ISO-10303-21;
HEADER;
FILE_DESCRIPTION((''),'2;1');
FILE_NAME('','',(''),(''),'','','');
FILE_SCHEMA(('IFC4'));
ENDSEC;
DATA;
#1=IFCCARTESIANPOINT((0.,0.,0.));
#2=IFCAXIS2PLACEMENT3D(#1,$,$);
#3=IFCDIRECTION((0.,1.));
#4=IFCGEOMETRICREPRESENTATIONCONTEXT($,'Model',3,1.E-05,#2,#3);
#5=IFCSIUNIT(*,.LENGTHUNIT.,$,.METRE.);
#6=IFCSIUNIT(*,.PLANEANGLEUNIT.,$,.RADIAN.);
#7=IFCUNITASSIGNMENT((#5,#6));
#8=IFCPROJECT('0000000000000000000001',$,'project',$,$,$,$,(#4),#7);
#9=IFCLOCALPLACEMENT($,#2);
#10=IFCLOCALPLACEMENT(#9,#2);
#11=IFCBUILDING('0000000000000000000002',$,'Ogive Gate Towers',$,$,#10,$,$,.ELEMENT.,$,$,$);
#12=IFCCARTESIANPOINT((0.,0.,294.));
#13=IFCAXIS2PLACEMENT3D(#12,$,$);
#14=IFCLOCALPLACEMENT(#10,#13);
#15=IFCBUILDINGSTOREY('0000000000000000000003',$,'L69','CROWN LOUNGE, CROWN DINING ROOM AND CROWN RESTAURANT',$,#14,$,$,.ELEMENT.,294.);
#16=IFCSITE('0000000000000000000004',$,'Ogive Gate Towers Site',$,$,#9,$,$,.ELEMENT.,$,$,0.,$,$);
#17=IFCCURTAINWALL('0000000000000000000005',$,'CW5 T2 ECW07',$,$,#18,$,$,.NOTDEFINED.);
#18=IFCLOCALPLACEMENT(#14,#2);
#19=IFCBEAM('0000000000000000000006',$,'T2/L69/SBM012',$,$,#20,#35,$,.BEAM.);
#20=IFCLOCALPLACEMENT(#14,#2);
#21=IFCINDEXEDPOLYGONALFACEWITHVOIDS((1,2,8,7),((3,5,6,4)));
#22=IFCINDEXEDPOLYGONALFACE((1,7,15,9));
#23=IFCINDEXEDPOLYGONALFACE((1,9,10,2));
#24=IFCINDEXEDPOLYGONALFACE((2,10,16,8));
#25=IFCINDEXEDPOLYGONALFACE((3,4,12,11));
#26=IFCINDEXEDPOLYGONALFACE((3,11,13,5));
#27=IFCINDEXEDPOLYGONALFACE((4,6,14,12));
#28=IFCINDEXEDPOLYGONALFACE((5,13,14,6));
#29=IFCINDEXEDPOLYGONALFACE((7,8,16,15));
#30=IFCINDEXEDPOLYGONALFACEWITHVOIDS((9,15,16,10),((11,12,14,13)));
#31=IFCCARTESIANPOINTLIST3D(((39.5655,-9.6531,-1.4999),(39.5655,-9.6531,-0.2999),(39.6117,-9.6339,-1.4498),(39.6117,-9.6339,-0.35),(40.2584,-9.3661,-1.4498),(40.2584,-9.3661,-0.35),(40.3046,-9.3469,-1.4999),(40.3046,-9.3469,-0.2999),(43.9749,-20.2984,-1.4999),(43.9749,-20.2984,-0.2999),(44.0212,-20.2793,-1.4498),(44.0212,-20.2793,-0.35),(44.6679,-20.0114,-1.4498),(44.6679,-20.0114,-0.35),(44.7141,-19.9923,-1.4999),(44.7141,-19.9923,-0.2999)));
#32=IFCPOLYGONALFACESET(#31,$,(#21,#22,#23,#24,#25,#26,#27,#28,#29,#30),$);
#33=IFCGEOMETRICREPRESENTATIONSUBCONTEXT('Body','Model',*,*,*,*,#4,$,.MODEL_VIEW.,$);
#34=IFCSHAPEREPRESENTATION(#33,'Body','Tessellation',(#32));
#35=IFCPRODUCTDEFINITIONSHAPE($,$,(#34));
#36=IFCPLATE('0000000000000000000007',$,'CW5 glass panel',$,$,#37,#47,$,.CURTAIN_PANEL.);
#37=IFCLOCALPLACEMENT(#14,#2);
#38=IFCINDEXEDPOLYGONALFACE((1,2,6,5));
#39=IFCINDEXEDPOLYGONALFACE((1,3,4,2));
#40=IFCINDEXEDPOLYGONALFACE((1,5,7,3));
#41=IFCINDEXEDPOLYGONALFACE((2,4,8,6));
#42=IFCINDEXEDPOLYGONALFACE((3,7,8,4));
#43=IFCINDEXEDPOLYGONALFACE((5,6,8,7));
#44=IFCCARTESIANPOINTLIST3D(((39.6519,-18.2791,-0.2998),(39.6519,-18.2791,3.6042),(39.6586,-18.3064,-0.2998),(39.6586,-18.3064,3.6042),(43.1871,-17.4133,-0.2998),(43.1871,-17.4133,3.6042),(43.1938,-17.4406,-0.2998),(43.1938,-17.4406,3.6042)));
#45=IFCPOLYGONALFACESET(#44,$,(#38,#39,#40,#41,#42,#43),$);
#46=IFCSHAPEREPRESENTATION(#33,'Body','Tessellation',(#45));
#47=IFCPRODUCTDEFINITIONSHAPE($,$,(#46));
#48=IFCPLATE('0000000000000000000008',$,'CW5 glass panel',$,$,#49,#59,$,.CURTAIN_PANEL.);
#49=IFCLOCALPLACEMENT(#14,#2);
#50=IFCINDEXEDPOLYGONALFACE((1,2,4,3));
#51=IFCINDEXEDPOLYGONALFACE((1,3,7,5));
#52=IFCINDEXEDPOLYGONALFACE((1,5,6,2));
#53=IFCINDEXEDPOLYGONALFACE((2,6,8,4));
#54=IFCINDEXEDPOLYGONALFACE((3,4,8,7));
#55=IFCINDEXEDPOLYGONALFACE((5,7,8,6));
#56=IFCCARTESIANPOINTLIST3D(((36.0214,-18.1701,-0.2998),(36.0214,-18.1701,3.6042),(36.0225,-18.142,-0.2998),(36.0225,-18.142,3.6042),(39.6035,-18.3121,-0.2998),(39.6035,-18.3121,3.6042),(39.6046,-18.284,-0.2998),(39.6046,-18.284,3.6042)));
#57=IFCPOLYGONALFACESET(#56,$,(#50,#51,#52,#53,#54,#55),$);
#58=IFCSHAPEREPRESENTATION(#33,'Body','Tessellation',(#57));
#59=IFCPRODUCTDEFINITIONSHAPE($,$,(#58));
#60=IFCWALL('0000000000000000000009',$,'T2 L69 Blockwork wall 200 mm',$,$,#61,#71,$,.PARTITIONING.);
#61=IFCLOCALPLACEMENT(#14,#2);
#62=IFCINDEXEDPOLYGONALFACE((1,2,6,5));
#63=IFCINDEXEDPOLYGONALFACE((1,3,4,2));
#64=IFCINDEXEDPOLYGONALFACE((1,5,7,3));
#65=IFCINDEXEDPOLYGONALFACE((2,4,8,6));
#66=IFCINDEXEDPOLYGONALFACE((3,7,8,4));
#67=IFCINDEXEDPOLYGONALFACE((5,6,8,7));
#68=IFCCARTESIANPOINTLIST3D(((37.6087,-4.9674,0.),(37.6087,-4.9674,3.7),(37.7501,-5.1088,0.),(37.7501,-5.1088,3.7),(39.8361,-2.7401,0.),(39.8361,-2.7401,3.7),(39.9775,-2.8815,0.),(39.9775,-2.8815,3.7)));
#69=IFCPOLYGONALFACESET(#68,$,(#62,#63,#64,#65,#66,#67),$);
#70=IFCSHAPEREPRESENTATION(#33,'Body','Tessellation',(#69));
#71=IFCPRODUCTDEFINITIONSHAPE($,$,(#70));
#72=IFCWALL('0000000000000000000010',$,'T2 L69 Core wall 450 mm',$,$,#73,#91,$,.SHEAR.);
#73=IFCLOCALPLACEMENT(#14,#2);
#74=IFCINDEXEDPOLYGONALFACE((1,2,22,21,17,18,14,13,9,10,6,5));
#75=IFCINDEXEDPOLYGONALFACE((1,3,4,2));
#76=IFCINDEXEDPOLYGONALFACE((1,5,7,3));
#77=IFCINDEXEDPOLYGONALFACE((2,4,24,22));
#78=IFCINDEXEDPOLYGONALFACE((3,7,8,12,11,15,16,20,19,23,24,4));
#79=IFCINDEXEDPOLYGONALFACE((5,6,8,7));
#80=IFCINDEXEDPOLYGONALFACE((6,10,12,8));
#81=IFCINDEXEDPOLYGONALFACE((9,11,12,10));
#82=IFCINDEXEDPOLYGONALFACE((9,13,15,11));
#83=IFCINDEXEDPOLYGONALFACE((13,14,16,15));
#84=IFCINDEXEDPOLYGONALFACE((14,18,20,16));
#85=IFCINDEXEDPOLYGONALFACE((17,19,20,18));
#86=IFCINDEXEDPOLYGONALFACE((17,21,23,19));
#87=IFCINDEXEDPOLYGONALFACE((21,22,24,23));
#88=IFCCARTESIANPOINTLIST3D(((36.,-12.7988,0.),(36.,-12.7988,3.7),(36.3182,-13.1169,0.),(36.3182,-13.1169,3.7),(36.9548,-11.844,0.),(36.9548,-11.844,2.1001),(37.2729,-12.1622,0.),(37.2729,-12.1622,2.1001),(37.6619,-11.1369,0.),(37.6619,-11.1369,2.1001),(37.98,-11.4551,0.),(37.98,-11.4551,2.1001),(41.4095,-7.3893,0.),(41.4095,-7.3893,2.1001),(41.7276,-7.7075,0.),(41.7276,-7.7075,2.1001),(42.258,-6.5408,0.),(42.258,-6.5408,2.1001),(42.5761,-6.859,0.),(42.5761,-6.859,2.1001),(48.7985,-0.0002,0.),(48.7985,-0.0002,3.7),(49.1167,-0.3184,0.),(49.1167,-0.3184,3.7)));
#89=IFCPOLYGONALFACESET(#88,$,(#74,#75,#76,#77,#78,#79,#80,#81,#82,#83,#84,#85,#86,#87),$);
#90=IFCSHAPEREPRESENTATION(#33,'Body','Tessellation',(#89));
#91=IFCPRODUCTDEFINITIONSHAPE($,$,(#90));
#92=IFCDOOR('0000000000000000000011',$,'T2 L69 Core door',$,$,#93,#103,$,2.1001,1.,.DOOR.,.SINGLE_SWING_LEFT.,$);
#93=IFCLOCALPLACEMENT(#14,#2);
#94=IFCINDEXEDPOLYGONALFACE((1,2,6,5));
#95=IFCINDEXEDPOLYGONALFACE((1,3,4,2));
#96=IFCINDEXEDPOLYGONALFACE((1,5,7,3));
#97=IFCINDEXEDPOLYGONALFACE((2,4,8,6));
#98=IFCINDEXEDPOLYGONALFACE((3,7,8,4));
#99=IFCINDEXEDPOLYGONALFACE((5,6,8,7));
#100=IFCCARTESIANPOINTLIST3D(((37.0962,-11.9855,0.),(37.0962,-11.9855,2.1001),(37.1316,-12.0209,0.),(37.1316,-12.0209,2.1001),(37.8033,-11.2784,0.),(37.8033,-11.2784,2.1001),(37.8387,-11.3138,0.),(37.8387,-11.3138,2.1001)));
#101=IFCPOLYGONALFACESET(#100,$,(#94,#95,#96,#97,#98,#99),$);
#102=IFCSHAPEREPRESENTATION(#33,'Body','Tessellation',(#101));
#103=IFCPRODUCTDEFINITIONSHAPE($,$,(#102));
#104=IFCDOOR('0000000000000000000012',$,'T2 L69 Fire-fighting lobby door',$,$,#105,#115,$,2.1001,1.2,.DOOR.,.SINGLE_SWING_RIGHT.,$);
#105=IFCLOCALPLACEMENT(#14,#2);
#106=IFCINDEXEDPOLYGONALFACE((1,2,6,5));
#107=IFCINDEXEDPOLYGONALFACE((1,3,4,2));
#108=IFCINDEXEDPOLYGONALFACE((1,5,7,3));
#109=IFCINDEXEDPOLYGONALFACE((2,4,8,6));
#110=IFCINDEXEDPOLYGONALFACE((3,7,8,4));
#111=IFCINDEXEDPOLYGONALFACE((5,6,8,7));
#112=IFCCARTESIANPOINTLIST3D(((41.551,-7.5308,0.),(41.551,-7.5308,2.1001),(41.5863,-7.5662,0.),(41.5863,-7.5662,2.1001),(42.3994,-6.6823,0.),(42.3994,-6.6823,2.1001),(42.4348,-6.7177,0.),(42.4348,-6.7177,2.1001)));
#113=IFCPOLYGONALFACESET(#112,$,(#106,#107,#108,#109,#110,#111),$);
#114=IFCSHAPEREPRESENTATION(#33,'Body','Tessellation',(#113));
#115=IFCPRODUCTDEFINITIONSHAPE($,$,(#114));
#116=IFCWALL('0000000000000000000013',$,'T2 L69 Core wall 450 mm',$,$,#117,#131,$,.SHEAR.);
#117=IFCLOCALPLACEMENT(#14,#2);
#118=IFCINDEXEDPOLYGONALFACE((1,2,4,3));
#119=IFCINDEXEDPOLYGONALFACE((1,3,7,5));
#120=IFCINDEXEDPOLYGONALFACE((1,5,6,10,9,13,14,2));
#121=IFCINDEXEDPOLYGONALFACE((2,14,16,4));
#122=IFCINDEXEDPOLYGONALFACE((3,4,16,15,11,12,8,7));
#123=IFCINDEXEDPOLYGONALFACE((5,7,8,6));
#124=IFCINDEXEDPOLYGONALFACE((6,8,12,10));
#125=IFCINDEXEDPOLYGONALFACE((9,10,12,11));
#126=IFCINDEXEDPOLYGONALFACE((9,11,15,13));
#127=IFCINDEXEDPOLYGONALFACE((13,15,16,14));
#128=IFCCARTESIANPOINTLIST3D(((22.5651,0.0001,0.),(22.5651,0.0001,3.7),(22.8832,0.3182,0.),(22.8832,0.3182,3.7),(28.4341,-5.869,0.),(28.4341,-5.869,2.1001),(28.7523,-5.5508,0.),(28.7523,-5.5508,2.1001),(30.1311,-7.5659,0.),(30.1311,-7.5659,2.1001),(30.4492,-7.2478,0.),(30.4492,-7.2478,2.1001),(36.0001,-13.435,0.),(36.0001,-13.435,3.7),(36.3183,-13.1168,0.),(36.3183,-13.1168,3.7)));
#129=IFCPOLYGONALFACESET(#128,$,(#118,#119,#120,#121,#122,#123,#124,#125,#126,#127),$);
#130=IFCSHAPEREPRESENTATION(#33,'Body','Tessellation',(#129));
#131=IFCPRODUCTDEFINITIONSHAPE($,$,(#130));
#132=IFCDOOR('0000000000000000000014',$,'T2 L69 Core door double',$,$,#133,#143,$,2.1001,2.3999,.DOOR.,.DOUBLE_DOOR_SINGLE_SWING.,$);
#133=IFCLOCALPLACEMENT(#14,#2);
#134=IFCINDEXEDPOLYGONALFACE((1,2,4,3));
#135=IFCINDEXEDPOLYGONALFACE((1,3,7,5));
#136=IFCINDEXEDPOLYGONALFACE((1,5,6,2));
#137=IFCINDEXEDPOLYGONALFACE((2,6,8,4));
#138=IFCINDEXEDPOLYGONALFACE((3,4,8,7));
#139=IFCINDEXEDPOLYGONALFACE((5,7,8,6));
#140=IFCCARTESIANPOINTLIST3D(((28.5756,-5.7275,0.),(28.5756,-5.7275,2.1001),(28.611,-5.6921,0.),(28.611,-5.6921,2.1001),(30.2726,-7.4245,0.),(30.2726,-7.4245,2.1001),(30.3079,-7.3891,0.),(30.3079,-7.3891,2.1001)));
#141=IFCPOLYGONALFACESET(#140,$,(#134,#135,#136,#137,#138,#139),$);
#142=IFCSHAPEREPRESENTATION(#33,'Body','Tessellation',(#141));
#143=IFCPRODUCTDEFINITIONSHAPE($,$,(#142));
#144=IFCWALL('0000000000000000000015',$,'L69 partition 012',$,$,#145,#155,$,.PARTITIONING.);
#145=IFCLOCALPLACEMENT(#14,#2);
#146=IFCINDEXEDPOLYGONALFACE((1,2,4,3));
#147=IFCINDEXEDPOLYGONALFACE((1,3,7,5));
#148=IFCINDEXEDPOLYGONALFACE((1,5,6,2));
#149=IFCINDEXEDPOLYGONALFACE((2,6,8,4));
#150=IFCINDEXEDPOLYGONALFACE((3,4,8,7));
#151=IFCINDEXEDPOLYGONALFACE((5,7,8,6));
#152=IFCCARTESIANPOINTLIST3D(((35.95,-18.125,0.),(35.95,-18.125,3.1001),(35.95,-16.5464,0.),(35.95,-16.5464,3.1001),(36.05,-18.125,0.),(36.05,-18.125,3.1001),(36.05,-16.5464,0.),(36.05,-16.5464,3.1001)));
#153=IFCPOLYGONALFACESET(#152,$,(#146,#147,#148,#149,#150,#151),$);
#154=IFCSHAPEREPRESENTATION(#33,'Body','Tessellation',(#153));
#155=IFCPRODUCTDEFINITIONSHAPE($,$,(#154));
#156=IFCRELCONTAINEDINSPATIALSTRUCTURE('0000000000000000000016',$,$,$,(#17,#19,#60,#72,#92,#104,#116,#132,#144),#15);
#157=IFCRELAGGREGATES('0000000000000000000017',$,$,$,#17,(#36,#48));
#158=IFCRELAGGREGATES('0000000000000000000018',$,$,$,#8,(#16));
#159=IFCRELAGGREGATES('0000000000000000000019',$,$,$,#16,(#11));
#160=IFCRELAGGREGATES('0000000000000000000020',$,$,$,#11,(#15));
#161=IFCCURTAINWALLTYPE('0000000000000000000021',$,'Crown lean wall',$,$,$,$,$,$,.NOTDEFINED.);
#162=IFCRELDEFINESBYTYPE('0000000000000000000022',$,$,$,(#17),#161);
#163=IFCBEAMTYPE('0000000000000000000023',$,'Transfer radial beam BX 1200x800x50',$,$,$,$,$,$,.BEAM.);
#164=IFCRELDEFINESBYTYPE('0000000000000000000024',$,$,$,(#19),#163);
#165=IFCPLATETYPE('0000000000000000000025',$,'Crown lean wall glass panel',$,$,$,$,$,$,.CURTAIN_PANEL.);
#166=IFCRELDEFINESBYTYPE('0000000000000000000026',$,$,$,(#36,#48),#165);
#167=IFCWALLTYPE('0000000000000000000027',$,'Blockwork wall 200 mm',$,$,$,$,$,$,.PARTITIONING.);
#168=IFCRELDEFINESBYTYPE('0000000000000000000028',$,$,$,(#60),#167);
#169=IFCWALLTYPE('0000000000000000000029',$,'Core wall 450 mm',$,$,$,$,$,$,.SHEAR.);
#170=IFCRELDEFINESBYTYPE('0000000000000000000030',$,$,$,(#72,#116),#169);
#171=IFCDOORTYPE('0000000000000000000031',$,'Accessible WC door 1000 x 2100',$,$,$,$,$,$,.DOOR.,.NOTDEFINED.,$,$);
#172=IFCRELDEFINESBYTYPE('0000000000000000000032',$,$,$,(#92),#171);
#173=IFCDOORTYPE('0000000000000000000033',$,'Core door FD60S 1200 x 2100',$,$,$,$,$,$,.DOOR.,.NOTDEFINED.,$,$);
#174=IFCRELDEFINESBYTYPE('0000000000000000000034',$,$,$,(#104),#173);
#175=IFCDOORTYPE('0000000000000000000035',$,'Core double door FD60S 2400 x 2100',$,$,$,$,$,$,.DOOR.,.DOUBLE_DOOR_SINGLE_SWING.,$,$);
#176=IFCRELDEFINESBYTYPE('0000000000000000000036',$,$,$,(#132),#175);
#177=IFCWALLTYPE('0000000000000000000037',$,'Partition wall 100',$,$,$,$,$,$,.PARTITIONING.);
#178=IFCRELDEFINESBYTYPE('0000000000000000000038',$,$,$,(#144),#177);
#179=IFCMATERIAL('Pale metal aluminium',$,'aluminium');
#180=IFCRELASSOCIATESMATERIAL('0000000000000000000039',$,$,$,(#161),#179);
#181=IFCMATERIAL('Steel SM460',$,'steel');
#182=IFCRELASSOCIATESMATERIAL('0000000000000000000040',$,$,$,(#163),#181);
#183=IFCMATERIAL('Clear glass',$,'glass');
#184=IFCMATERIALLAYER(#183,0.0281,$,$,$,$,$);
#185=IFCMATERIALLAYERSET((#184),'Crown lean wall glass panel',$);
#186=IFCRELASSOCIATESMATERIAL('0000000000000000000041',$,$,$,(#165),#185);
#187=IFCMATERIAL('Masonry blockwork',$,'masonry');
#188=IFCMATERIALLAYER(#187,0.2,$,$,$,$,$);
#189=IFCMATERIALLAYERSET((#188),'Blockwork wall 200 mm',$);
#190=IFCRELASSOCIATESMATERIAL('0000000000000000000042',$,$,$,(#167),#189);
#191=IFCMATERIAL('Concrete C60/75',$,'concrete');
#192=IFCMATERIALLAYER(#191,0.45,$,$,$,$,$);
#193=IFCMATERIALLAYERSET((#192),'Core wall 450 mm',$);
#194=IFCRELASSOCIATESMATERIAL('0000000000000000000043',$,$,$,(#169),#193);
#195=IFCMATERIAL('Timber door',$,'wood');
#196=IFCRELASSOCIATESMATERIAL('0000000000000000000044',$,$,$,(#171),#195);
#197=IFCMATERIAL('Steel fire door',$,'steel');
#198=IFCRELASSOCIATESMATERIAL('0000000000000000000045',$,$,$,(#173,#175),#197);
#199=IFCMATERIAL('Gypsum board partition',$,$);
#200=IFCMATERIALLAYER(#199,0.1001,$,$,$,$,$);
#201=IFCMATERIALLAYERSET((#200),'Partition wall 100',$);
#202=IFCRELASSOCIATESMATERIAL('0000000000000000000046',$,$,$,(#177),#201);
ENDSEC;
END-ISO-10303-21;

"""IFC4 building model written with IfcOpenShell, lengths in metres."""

from ifc_helpers import new_model, si_unit, direction, frame, frame_2d, origin, origin_2d, place, context, subcontext, project, spatial, rectangle, hollow_rectangle, extrude, material, layer, layer_set, material_profile, profile_set, type_object, element, fill, aggregate, save


model = new_model("IFC4")

# Units and contexts
model_context = context("Model", 3, precision=1e-05, world=origin(), true_north=direction((0.0, 1.0)))
body_context = subcontext(model_context, "Body", "Model", "MODEL_VIEW")
ifc_project = project(units=[si_unit("LENGTHUNIT", "METRE"), si_unit("PLANEANGLEUNIT", "RADIAN")], contexts=[model_context])

# Site, building, storey
site_placement = place(None, origin())
site = spatial("IfcSite", under=ifc_project, at=site_placement, Name="Ogive Gate Towers Site", CompositionType="ELEMENT", RefElevation=0.0)
building_placement = place(site_placement, origin())
building = spatial("IfcBuilding", under=site, at=building_placement, Name="Ogive Gate Towers", CompositionType="ELEMENT")
storey_placement = place(building_placement, frame((0.0, 0.0, 294.0)))
storey = spatial("IfcBuildingStorey", under=building, at=storey_placement, Name="L69", Description="CROWN LOUNGE, CROWN DINING ROOM AND CROWN RESTAURANT", CompositionType="ELEMENT", Elevation=294.0)

# Shared definitions
ifc_material_1 = material(Name="Steel SM460", Category="steel")

# Shared definitions
ifc_material_2 = material(Name="Pale metal aluminium", Category="aluminium")
curtain_wall_type = type_object("IfcCurtainWallType", Name="Crown lean wall", PredefinedType="NOTDEFINED", material=ifc_material_2)

# Curtain wall
curtain_wall_1_placement = place(storey_placement, origin())
curtain_wall_1 = element("IfcCurtainWall", 1, at=curtain_wall_1_placement, inside=storey, type_object=curtain_wall_type, Name="CW5 T2 ECW07", PredefinedType="NOTDEFINED")

# Beam
ifc_material_profile_1 = material_profile(ifc_material_1, hollow_rectangle(XDim=0.8, YDim=1.2, WallThickness=0.05, at=origin_2d()), Name="BX 1200x800x50")
ifc_profile_set_1 = profile_set([ifc_material_profile_1], Name="Steel SM460")
beam_type_1 = type_object("IfcBeamType", Name="Transfer radial beam BX 1200x800x50", PredefinedType="BEAM", material=ifc_profile_set_1)
beam_1_placement = place(storey_placement, frame((39.9351, -9.5, -0.8999), z_axis=(0.382684, -0.923879, 0.0), x_axis=(0.923879, 0.382684, 0.0)))
element("IfcBeam", 2, at=beam_1_placement, inside=storey, type_object=beam_type_1, Name="T2/L69/SBM012", PredefinedType="BEAM", context=body_context, shape_type="SweptSolid", body=[
    extrude(hollow_rectangle(XDim=0.8, YDim=1.2, WallThickness=0.05, at=origin_2d()), origin(), (0.0, 0.0, 1.0), 11.5225),
])

# Plates
ifc_material_3 = material(Name="Clear glass", Category="glass")
ifc_layer_1 = layer(ifc_material_3, 0.0281)
ifc_layer_set_1 = layer_set([ifc_layer_1], Name="Crown lean wall glass panel")
plate_type = type_object("IfcPlateType", Name="Crown lean wall glass panel", PredefinedType="CURTAIN_PANEL", material=ifc_layer_set_1)
plate_1_placement = place(storey_placement, frame((41.4229, -17.8599, -0.2998), z_axis=(0.0, 0.0, 1.0), x_axis=(-0.971296, -0.237872, 0.0)))
plate_1 = element("IfcPlate", 3, at=plate_1_placement, type_object=plate_type, Name="CW5 glass panel", PredefinedType="CURTAIN_PANEL", context=body_context, shape_type="SweptSolid", body=[
    extrude(rectangle(XDim=3.6396, YDim=0.0281, at=origin_2d()), origin(), (0.0, 0.0, 1.0), 3.9041),
])
plate_2_placement = place(storey_placement, frame((37.813, -18.2271, -0.2998), z_axis=(0.0, 0.0, 1.0), x_axis=(-0.999215, 0.039609, 0.0)))
plate_2 = element("IfcPlate", 4, at=plate_2_placement, type_object=plate_type, Name="CW5 glass panel", PredefinedType="CURTAIN_PANEL", context=body_context, shape_type="SweptSolid", body=[
    extrude(rectangle(XDim=3.585, YDim=0.0281, at=origin_2d()), origin(), (0.0, 0.0, 1.0), 3.9041),
])
aggregate(curtain_wall_1, [plate_1, plate_2])

# Wall
ifc_material_4 = material(Name="Masonry blockwork", Category="masonry")
ifc_layer_2 = layer(ifc_material_4, 0.2)
ifc_layer_set_2 = layer_set([ifc_layer_2], Name="Blockwork wall 200 mm")
wall_type_1 = type_object("IfcWallType", Name="Blockwork wall 200 mm", PredefinedType="PARTITIONING", material=ifc_layer_set_2)
wall_1_placement = place(storey_placement, frame((37.6794, -5.0381, 0.0), z_axis=(0.0, 0.0, 1.0), x_axis=(0.707107, 0.707107, 0.0)))
element("IfcWall", 5, at=wall_1_placement, inside=storey, type_object=wall_type_1, Name="T2 L69 Blockwork wall 200 mm", PredefinedType="PARTITIONING", context=body_context, shape_type="SweptSolid", body=[
    extrude(rectangle(XDim=3.1499, YDim=0.2, at=frame_2d((1.575, 0.0))), origin(), (0.0, 0.0, 1.0), 3.7),
])

# Wall, openings, doors
ifc_material_5 = material(Name="Concrete C60/75", Category="concrete")
ifc_layer_3 = layer(ifc_material_5, 0.45)
ifc_layer_set_3 = layer_set([ifc_layer_3], Name="Core wall 450 mm")
wall_type_2 = type_object("IfcWallType", Name="Core wall 450 mm", PredefinedType="SHEAR", material=ifc_layer_set_3)
wall_2_placement = place(storey_placement, frame((36.1592, -12.9578, 0.0), z_axis=(0.0, 0.0, 1.0), x_axis=(0.707107, 0.707107, 0.0)))
wall_2 = element("IfcWall", 6, at=wall_2_placement, inside=storey, type_object=wall_type_2, Name="T2 L69 Core wall 450 mm", PredefinedType="SHEAR", context=body_context, shape_type="SweptSolid", body=[
    extrude(rectangle(XDim=18.0999, YDim=0.45, at=frame_2d((9.0498, 0.0))), origin(), (0.0, 0.0, 1.0), 3.7),
])
opening_1_placement = place(wall_2_placement, frame((7.6499, 0.0, 0.0)))
opening_1 = element("IfcOpeningElement", 7, at=opening_1_placement, cuts=wall_2, PredefinedType="OPENING", context=body_context, shape_type="SweptSolid", body=[
    extrude(rectangle(XDim=1.2, YDim=2.1001, at=frame_2d((0.6001, 1.05))), frame((0.0, 0.2349, 0.0), z_axis=(0.0, -1.0, 0.0), x_axis=(1.0, 0.0, 0.0)), (0.0, 0.0, 1.0), 0.47),
])
opening_2_placement = place(wall_2_placement, frame((1.3501, 0.0, 0.0)))
opening_2 = element("IfcOpeningElement", 8, at=opening_2_placement, cuts=wall_2, PredefinedType="OPENING", context=body_context, shape_type="SweptSolid", body=[
    extrude(rectangle(XDim=1.0, YDim=2.1001, at=frame_2d((0.5, 1.05))), frame((0.0, 0.2349, 0.0), z_axis=(0.0, -1.0, 0.0), x_axis=(1.0, 0.0, 0.0)), (0.0, 0.0, 1.0), 0.47),
])
ifc_material_6 = material(Name="Timber door", Category="wood")
door_type_1 = type_object("IfcDoorType", Name="Accessible WC door 1000 x 2100", OperationType="NOTDEFINED", PredefinedType="DOOR", material=ifc_material_6)
door_1_placement = place(opening_2_placement, origin())
door_1 = element("IfcDoor", 9, at=door_1_placement, inside=storey, type_object=door_type_1, Name="T2 L69 Core door", OperationType="SINGLE_SWING_LEFT", OverallHeight=2.1001, OverallWidth=1.0, PredefinedType="DOOR", context=body_context, shape_type="SweptSolid", body=[
    extrude(rectangle(XDim=1.0, YDim=2.1001, at=frame_2d((0.5, 1.05))), frame((0.0, 0.0249, 0.0), z_axis=(0.0, -1.0, 0.0), x_axis=(1.0, 0.0, 0.0)), (0.0, 0.0, 1.0), 0.05),
])
fill(opening_2, door_1)
ifc_material_7 = material(Name="Steel fire door", Category="steel")
door_type_2 = type_object("IfcDoorType", Name="Core door FD60S 1200 x 2100", OperationType="NOTDEFINED", PredefinedType="DOOR", material=ifc_material_7)
door_2_placement = place(opening_1_placement, origin())
door_2 = element("IfcDoor", 10, at=door_2_placement, inside=storey, type_object=door_type_2, Name="T2 L69 Fire-fighting lobby door", OperationType="SINGLE_SWING_RIGHT", OverallHeight=2.1001, OverallWidth=1.2, PredefinedType="DOOR", context=body_context, shape_type="SweptSolid", body=[
    extrude(rectangle(XDim=1.2, YDim=2.1001, at=frame_2d((0.6001, 1.05))), frame((0.0, 0.0249, 0.0), z_axis=(0.0, -1.0, 0.0), x_axis=(1.0, 0.0, 0.0)), (0.0, 0.0, 1.0), 0.05),
])
fill(opening_1, door_2)

# Wall, opening, door
wall_3_placement = place(storey_placement, frame((36.1592, -13.2759, 0.0), z_axis=(0.0, 0.0, 1.0), x_axis=(-0.707107, 0.707107, 0.0)))
wall_3 = element("IfcWall", 11, at=wall_3_placement, inside=storey, type_object=wall_type_2, Name="T2 L69 Core wall 450 mm", PredefinedType="SHEAR", context=body_context, shape_type="SweptSolid", body=[
    extrude(rectangle(XDim=19.0, YDim=0.45, at=frame_2d((9.5, 0.0))), origin(), (0.0, 0.0, 1.0), 3.7),
])
opening_3_placement = place(wall_3_placement, frame((8.3, 0.0, 0.0)))
opening_3 = element("IfcOpeningElement", 12, at=opening_3_placement, cuts=wall_3, PredefinedType="OPENING", context=body_context, shape_type="SweptSolid", body=[
    extrude(rectangle(XDim=2.3999, YDim=2.1001, at=frame_2d((1.2, 1.05))), frame((0.0, 0.2349, 0.0), z_axis=(0.0, -1.0, 0.0), x_axis=(1.0, 0.0, 0.0)), (0.0, 0.0, 1.0), 0.47),
])
door_type_3 = type_object("IfcDoorType", Name="Core double door FD60S 2400 x 2100", OperationType="DOUBLE_DOOR_SINGLE_SWING", PredefinedType="DOOR", material=ifc_material_7)
door_3_placement = place(opening_3_placement, origin())
door_3 = element("IfcDoor", 13, at=door_3_placement, inside=storey, type_object=door_type_3, Name="T2 L69 Core door double", OperationType="DOUBLE_DOOR_SINGLE_SWING", OverallHeight=2.1001, OverallWidth=2.3999, PredefinedType="DOOR", context=body_context, shape_type="SweptSolid", body=[
    extrude(rectangle(XDim=2.3999, YDim=2.1001, at=frame_2d((1.2, 1.05))), frame((0.0, 0.0249, 0.0), z_axis=(0.0, -1.0, 0.0), x_axis=(1.0, 0.0, 0.0)), (0.0, 0.0, 1.0), 0.05),
])
fill(opening_3, door_3)

# Wall
ifc_material_8 = material(Name="Gypsum board partition")
ifc_layer_4 = layer(ifc_material_8, 0.1001)
ifc_layer_set_4 = layer_set([ifc_layer_4], Name="Partition wall 100")
wall_type_3 = type_object("IfcWallType", Name="Partition wall 100", PredefinedType="PARTITIONING", material=ifc_layer_set_4)
wall_4_placement = place(storey_placement, frame((36.0, -18.125, 0.0), z_axis=(0.0, 0.0, 1.0), x_axis=(0.0, 1.0, 0.0)))
element("IfcWall", 14, at=wall_4_placement, inside=storey, type_object=wall_type_3, Name="L69 partition 012", PredefinedType="PARTITIONING", context=body_context, shape_type="SweptSolid", body=[
    extrude(rectangle(XDim=1.5786, YDim=0.1001, at=frame_2d((0.7893, 0.0))), origin(), (0.0, 0.0, 1.0), 3.1001),
])

save(model, "model.ifc")
